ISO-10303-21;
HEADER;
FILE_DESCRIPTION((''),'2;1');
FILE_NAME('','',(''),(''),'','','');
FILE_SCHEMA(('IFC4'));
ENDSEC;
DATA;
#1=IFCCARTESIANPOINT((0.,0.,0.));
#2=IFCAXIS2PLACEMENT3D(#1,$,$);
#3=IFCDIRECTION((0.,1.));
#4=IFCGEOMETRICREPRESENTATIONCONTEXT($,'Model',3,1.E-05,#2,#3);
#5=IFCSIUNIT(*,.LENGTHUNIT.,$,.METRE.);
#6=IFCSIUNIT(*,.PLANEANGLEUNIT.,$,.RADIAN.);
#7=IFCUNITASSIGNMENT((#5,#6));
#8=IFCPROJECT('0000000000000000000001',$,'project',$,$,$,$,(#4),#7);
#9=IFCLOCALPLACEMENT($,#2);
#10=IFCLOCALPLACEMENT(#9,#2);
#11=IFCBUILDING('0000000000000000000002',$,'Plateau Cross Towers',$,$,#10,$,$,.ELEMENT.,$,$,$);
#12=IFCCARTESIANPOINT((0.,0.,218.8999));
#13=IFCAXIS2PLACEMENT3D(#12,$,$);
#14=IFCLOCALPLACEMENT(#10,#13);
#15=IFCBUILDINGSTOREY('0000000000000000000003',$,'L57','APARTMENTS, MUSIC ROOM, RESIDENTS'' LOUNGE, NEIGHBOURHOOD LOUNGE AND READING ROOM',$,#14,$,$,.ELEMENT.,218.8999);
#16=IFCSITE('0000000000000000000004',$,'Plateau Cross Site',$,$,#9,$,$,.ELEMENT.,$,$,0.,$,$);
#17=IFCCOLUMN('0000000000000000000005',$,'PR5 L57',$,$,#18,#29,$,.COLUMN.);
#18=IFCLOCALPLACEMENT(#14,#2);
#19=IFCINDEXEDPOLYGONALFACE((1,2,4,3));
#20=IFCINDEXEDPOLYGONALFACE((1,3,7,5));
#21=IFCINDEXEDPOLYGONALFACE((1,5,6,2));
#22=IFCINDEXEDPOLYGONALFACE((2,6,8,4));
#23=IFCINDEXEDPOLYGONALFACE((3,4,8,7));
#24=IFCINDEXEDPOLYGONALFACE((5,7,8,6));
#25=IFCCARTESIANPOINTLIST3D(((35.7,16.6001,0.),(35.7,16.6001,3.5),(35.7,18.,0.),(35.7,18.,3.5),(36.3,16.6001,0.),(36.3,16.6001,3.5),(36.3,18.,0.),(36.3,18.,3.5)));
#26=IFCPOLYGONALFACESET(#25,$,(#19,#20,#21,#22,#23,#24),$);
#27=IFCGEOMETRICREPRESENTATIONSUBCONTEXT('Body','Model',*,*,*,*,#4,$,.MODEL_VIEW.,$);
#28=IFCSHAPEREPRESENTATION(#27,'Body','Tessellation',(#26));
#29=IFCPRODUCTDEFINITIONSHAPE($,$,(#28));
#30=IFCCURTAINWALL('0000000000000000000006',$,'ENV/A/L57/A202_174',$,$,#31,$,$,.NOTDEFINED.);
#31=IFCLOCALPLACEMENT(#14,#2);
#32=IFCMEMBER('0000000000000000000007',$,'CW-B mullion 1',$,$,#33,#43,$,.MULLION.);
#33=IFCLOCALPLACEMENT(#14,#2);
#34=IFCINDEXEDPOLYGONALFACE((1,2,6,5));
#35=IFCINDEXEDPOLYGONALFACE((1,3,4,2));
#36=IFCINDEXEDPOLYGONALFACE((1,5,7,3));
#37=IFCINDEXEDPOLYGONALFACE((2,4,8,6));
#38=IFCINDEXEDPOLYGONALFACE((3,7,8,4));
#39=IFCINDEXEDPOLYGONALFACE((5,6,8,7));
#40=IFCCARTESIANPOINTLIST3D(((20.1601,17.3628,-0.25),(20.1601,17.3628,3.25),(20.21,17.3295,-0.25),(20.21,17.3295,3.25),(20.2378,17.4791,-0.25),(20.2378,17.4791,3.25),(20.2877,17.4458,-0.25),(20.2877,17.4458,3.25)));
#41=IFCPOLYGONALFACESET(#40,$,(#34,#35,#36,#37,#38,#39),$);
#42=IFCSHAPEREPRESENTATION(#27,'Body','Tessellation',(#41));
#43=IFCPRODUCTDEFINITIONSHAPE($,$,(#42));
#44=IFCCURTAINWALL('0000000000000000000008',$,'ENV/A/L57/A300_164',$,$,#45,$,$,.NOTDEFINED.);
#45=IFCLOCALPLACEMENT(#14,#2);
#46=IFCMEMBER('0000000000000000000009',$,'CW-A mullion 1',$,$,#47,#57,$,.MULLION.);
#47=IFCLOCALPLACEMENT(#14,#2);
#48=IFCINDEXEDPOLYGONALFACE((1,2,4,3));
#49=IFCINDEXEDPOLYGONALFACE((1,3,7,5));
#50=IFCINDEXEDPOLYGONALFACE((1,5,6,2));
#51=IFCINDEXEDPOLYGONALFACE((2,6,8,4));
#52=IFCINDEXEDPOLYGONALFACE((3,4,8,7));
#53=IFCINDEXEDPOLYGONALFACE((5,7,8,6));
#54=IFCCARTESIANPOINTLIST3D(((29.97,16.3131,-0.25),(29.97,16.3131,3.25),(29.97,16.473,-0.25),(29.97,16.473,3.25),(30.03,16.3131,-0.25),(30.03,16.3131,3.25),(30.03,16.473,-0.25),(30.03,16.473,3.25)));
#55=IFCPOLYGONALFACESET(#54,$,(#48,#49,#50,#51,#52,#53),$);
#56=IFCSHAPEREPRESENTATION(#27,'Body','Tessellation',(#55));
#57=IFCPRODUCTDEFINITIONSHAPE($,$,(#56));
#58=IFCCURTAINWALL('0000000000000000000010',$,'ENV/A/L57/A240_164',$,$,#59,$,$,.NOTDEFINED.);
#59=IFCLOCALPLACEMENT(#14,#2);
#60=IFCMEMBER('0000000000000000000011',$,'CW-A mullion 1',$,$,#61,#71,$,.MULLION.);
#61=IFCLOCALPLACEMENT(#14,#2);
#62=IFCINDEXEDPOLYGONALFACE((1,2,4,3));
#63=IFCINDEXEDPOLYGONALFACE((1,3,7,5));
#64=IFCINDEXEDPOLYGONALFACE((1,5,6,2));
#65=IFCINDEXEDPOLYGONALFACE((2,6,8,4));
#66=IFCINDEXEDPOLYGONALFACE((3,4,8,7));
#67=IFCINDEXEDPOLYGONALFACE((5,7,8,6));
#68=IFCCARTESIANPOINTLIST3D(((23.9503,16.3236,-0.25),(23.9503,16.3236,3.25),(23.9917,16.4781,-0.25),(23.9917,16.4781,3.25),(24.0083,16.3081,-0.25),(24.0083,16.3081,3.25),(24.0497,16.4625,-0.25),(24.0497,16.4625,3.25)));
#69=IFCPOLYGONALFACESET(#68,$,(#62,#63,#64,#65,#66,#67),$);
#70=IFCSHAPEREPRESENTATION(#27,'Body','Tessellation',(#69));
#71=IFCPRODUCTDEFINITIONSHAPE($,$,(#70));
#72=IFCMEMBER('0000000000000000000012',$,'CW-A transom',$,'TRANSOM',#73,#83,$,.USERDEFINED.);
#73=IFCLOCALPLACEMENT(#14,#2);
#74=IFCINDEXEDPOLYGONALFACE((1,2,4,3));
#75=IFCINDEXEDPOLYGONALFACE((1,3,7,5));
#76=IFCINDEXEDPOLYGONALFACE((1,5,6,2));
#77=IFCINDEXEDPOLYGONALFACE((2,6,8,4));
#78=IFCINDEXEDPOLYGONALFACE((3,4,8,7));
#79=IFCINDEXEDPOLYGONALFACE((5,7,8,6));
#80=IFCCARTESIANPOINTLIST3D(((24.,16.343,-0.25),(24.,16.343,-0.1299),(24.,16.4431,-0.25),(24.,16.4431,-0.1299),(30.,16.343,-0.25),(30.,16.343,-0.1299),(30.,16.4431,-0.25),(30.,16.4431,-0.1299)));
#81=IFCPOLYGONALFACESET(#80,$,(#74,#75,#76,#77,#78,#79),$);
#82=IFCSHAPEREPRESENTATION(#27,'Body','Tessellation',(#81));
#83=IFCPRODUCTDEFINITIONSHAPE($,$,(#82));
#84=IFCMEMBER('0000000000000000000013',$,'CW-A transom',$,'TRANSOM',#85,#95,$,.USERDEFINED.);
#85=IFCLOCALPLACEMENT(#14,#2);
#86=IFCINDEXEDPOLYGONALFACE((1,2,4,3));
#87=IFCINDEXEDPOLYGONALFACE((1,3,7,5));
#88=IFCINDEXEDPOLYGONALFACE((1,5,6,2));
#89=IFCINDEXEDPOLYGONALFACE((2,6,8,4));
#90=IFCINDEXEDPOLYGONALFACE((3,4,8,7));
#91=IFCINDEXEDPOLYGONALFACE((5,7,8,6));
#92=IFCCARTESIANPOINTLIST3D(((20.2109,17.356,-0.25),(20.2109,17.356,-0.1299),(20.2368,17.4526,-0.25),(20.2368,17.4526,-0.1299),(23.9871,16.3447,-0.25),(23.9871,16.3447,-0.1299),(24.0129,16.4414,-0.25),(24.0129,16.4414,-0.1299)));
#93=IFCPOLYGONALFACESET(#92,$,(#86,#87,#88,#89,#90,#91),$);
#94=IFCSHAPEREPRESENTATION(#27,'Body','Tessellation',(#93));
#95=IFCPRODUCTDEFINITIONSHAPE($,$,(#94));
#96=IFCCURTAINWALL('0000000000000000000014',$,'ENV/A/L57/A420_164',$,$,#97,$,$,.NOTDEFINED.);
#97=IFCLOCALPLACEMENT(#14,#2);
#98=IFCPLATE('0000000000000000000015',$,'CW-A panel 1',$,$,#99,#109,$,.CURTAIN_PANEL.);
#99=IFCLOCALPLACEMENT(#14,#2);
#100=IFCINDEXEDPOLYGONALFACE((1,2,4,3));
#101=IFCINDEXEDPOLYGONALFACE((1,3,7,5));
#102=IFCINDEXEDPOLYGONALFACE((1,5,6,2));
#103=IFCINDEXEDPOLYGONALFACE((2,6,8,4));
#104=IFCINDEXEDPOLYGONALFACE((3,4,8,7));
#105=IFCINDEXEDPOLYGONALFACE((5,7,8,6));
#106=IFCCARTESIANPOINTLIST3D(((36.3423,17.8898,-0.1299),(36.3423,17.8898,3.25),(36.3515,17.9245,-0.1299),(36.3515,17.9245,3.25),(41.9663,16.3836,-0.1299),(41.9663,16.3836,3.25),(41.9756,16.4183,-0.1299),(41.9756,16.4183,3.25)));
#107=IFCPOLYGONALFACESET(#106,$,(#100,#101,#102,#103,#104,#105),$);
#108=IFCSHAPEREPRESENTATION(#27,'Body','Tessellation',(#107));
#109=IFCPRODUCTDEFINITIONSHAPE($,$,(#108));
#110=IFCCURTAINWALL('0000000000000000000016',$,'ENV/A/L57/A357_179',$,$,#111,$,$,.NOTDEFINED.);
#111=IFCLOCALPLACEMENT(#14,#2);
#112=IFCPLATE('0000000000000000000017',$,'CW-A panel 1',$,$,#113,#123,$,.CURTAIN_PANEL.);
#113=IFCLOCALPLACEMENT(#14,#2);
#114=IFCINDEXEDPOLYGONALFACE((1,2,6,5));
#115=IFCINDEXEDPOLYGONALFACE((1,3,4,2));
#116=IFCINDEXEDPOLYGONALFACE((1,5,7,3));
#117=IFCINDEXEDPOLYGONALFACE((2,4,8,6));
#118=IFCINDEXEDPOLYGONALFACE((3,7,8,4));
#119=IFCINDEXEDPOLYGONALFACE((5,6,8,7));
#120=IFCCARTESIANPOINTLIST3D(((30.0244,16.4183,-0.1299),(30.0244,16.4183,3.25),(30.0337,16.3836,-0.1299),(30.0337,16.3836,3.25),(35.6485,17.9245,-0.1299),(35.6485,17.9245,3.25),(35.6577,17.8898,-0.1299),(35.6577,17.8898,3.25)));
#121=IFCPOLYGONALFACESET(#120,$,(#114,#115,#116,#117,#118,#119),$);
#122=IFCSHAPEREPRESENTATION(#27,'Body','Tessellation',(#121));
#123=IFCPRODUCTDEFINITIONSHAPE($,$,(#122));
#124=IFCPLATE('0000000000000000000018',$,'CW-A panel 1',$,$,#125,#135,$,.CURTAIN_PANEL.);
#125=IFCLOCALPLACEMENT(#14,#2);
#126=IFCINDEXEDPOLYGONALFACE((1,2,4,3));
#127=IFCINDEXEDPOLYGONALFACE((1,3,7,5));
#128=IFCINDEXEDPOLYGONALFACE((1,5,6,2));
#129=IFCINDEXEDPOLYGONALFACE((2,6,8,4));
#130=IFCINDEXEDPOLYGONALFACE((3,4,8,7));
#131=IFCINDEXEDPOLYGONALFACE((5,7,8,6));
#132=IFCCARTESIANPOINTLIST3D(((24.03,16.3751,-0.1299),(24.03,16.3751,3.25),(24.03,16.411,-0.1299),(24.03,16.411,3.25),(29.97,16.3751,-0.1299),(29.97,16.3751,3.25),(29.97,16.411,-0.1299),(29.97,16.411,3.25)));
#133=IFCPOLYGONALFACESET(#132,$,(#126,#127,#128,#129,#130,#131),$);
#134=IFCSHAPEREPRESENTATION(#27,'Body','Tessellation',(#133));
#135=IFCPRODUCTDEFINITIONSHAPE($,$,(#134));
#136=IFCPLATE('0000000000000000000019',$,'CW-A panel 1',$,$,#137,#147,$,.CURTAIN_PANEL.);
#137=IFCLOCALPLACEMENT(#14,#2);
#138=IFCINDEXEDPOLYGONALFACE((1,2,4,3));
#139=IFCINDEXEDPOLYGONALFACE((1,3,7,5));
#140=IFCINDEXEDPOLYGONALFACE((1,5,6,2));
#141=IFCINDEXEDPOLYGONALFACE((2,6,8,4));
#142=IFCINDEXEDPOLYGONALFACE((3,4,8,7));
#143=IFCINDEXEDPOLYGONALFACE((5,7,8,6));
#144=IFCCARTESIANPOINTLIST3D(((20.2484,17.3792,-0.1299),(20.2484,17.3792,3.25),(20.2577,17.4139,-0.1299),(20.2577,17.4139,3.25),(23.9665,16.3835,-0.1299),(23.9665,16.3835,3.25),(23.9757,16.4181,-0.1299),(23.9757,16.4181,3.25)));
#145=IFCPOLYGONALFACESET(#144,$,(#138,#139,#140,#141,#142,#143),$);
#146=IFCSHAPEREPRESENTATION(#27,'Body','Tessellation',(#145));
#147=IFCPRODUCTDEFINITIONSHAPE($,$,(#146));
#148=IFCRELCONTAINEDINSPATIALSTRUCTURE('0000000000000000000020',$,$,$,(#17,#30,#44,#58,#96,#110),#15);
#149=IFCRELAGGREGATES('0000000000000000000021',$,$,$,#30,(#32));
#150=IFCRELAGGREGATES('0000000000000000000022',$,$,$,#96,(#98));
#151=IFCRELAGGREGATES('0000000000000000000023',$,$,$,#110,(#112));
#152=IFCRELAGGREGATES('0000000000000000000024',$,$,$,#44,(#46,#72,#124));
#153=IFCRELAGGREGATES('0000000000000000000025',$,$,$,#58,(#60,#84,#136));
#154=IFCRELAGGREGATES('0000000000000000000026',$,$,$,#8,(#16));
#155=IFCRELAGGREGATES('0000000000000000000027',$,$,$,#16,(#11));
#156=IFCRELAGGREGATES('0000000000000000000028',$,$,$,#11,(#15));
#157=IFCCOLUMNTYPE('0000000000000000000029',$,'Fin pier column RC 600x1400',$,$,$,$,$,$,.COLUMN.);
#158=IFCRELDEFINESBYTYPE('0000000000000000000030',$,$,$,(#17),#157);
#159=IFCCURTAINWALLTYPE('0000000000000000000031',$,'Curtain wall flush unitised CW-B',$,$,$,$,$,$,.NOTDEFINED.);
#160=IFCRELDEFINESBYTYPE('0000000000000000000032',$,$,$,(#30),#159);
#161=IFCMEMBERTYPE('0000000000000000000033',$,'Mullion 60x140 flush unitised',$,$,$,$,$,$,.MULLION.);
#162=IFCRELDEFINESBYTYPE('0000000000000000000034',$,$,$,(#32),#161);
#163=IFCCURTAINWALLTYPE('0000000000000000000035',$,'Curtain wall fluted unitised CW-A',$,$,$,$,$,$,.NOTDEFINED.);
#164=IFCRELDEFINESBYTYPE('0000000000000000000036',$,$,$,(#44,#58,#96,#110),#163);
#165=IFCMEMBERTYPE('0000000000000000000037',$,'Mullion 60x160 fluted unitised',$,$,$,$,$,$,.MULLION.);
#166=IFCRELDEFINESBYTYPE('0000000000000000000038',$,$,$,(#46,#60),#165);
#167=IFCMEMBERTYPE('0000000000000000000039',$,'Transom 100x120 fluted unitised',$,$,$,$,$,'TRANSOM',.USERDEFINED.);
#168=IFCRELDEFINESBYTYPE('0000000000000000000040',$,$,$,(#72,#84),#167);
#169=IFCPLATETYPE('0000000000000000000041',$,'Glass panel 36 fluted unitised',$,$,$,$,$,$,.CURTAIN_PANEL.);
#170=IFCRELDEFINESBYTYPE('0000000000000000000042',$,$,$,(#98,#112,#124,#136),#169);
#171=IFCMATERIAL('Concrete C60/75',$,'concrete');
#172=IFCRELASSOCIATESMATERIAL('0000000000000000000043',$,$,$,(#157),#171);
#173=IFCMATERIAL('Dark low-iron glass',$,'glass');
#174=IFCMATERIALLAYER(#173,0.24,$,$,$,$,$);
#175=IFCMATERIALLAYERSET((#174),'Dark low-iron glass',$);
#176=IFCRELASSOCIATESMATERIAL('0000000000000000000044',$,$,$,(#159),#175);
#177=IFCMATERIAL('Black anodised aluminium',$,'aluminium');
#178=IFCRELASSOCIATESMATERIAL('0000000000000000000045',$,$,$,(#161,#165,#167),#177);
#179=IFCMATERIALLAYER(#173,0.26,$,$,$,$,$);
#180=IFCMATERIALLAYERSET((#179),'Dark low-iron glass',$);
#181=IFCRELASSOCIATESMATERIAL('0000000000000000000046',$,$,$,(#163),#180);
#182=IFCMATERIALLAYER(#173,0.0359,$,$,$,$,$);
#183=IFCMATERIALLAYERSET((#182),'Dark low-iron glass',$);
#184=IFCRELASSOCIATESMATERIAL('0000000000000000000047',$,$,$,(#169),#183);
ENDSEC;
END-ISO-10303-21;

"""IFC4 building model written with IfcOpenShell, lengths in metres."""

from ifc_helpers import new_model, si_unit, direction, frame, origin, origin_2d, place, context, subcontext, project, spatial, rectangle, extrude, material, layer, layer_set, material_profile, profile_set, type_object, element, aggregate, save


model = new_model("IFC4")

# Units and contexts
model_context = context("Model", 3, precision=1e-05, world=origin(), true_north=direction((0.0, 1.0)))
body_context = subcontext(model_context, "Body", "Model", "MODEL_VIEW")
ifc_project = project(units=[si_unit("LENGTHUNIT", "METRE"), si_unit("PLANEANGLEUNIT", "RADIAN")], contexts=[model_context])

# Site, building, storey
site_placement = place(None, origin())
site = spatial("IfcSite", under=ifc_project, at=site_placement, Name="Plateau Cross Site", CompositionType="ELEMENT", RefElevation=0.0)
building_placement = place(site_placement, origin())
building = spatial("IfcBuilding", under=site, at=building_placement, Name="Plateau Cross Towers", CompositionType="ELEMENT")
storey_placement = place(building_placement, frame((0.0, 0.0, 218.8999)))
storey = spatial("IfcBuildingStorey", under=building, at=storey_placement, Name="L57", Description="APARTMENTS, MUSIC ROOM, RESIDENTS' LOUNGE, NEIGHBOURHOOD LOUNGE AND READING ROOM", CompositionType="ELEMENT", Elevation=218.8999)

# Column
ifc_material_1 = material(Name="Concrete C60/75", Category="concrete")
ifc_material_profile_1 = material_profile(ifc_material_1, rectangle(XDim=0.6001, YDim=1.3999, at=origin_2d()), Name="RC 600x1400")
ifc_profile_set_1 = profile_set([ifc_material_profile_1], Name="Concrete C60/75")
column_type = type_object("IfcColumnType", Name="Fin pier column RC 600x1400", PredefinedType="COLUMN", material=ifc_profile_set_1)
column_placement = place(storey_placement, frame((36.0, 17.3, 0.0), z_axis=(0.0, 0.0, 1.0), x_axis=(1.0, 0.0, 0.0)))
element("IfcColumn", 1, at=column_placement, inside=storey, type_object=column_type, Name="PR5 L57", PredefinedType="COLUMN", context=body_context, shape_type="SweptSolid", body=[
    extrude(rectangle(XDim=0.6001, YDim=1.3999, at=origin_2d()), origin(), (0.0, 0.0, 1.0), 3.5),
])

# Curtain walls, members
ifc_material_2 = material(Name="Dark low-iron glass", Category="glass")
ifc_layer_1 = layer(ifc_material_2, 0.24)
ifc_layer_set_1 = layer_set([ifc_layer_1], Name="Dark low-iron glass")
curtain_wall_type_1 = type_object("IfcCurtainWallType", Name="Curtain wall flush unitised CW-B", PredefinedType="NOTDEFINED", material=ifc_layer_set_1)
curtain_wall_1_placement = place(storey_placement, origin())
curtain_wall_1 = element("IfcCurtainWall", 2, at=curtain_wall_1_placement, inside=storey, type_object=curtain_wall_type_1, Name="ENV/A/L57/A202_174", PredefinedType="NOTDEFINED")
ifc_material_3 = material(Name="Black anodised aluminium", Category="aluminium")
ifc_material_profile_2 = material_profile(ifc_material_3, rectangle(XDim=0.0601, YDim=0.1399, at=origin_2d()), Name="MULLION 60x140")
ifc_profile_set_2 = profile_set([ifc_material_profile_2], Name="Black anodised aluminium")
member_type_1 = type_object("IfcMemberType", Name="Mullion 60x140 flush unitised", PredefinedType="MULLION", material=ifc_profile_set_2)
member_1_placement = place(storey_placement, frame((20.2239, 17.4043, -0.25), z_axis=(0.0, 0.0, 1.0), x_axis=(-0.831521, 0.555493, 0.0)))
member_1 = element("IfcMember", 3, at=member_1_placement, type_object=member_type_1, Name="CW-B mullion 1", PredefinedType="MULLION", context=body_context, shape_type="SweptSolid", body=[
    extrude(rectangle(XDim=0.0601, YDim=0.1399, at=origin_2d()), origin(), (0.0, 0.0, 1.0), 3.5),
])
aggregate(curtain_wall_1, [member_1])
ifc_layer_2 = layer(ifc_material_2, 0.26)
ifc_layer_set_2 = layer_set([ifc_layer_2], Name="Dark low-iron glass")
curtain_wall_type_2 = type_object("IfcCurtainWallType", Name="Curtain wall fluted unitised CW-A", PredefinedType="NOTDEFINED", material=ifc_layer_set_2)
curtain_wall_2_placement = place(storey_placement, origin())
curtain_wall_2 = element("IfcCurtainWall", 4, at=curtain_wall_2_placement, inside=storey, type_object=curtain_wall_type_2, Name="ENV/A/L57/A300_164", PredefinedType="NOTDEFINED")
ifc_material_profile_3 = material_profile(ifc_material_3, rectangle(XDim=0.0601, YDim=0.1599, at=origin_2d()), Name="MULLION 60x160")
ifc_profile_set_3 = profile_set([ifc_material_profile_3], Name="Black anodised aluminium")
member_type_2 = type_object("IfcMemberType", Name="Mullion 60x160 fluted unitised", PredefinedType="MULLION", material=ifc_profile_set_3)
member_2_placement = place(storey_placement, frame((30.0, 16.3931, -0.25), z_axis=(0.0, 0.0, 1.0), x_axis=(-1.0, 0.0, 0.0)))
member_2 = element("IfcMember", 5, at=member_2_placement, type_object=member_type_2, Name="CW-A mullion 1", PredefinedType="MULLION", context=body_context, shape_type="SweptSolid", body=[
    extrude(rectangle(XDim=0.0601, YDim=0.1599, at=origin_2d()), origin(), (0.0, 0.0, 1.0), 3.5),
])
curtain_wall_3_placement = place(storey_placement, origin())
curtain_wall_3 = element("IfcCurtainWall", 6, at=curtain_wall_3_placement, inside=storey, type_object=curtain_wall_type_2, Name="ENV/A/L57/A240_164", PredefinedType="NOTDEFINED")
member_3_placement = place(storey_placement, frame((24.0, 16.3931, -0.25), z_axis=(0.0, 0.0, 1.0), x_axis=(-0.965958, 0.258699, 0.0)))
member_3 = element("IfcMember", 7, at=member_3_placement, type_object=member_type_2, Name="CW-A mullion 1", PredefinedType="MULLION", context=body_context, shape_type="SweptSolid", body=[
    extrude(rectangle(XDim=0.0601, YDim=0.1599, at=origin_2d()), origin(), (0.0, 0.0, 1.0), 3.5),
])

# Members
ifc_material_profile_4 = material_profile(ifc_material_3, rectangle(XDim=0.1001, YDim=0.1201, at=origin_2d()), Name="TRANSOM 100x120")
ifc_profile_set_4 = profile_set([ifc_material_profile_4], Name="Black anodised aluminium")
member_type_3 = type_object("IfcMemberType", Name="Transom 100x120 fluted unitised", ElementType="TRANSOM", PredefinedType="USERDEFINED", material=ifc_profile_set_4)
member_4_placement = place(storey_placement, frame((30.0, 16.3931, -0.1899), z_axis=(-1.0, 0.0, 0.0), x_axis=(0.0, -1.0, 0.0)))
member_4 = element("IfcMember", 8, at=member_4_placement, type_object=member_type_3, Name="CW-A transom", ObjectType="TRANSOM", PredefinedType="USERDEFINED", context=body_context, shape_type="SweptSolid", body=[
    extrude(rectangle(XDim=0.1001, YDim=0.1201, at=origin_2d()), origin(), (0.0, 0.0, 1.0), 6.0),
])
member_5_placement = place(storey_placement, frame((24.0, 16.3931, -0.1899), z_axis=(-0.965963, 0.258681, 0.0), x_axis=(-0.258681, -0.965963, 0.0)))
member_5 = element("IfcMember", 9, at=member_5_placement, type_object=member_type_3, Name="CW-A transom", ObjectType="TRANSOM", PredefinedType="USERDEFINED", context=body_context, shape_type="SweptSolid", body=[
    extrude(rectangle(XDim=0.1001, YDim=0.1201, at=origin_2d()), origin(), (0.0, 0.0, 1.0), 3.9092),
])

# Curtain walls, plates
curtain_wall_4_placement = place(storey_placement, origin())
curtain_wall_4 = element("IfcCurtainWall", 10, at=curtain_wall_4_placement, inside=storey, type_object=curtain_wall_type_2, Name="ENV/A/L57/A420_164", PredefinedType="NOTDEFINED")
ifc_layer_3 = layer(ifc_material_2, 0.0359)
ifc_layer_set_3 = layer_set([ifc_layer_3], Name="Dark low-iron glass")
plate_type = type_object("IfcPlateType", Name="Glass panel 36 fluted unitised", PredefinedType="CURTAIN_PANEL", material=ifc_layer_set_3)
plate_1_placement = place(storey_placement, frame((39.1589, 17.1541, -0.1299), z_axis=(0.0, 0.0, 1.0), x_axis=(-0.965958, 0.258699, 0.0)))
plate_1 = element("IfcPlate", 11, at=plate_1_placement, type_object=plate_type, Name="CW-A panel 1", PredefinedType="CURTAIN_PANEL", context=body_context, shape_type="SweptSolid", body=[
    extrude(rectangle(XDim=5.8223, YDim=0.0359, at=origin_2d()), origin(), (0.0, 0.0, 1.0), 3.3799),
])
aggregate(curtain_wall_4, [plate_1])
curtain_wall_5_placement = place(storey_placement, origin())
curtain_wall_5 = element("IfcCurtainWall", 12, at=curtain_wall_5_placement, inside=storey, type_object=curtain_wall_type_2, Name="ENV/A/L57/A357_179", PredefinedType="NOTDEFINED")
plate_2_placement = place(storey_placement, frame((32.8411, 17.1541, -0.1299), z_axis=(0.0, 0.0, 1.0), x_axis=(-0.965958, -0.258699, 0.0)))
plate_2 = element("IfcPlate", 13, at=plate_2_placement, type_object=plate_type, Name="CW-A panel 1", PredefinedType="CURTAIN_PANEL", context=body_context, shape_type="SweptSolid", body=[
    extrude(rectangle(XDim=5.8223, YDim=0.0359, at=origin_2d()), origin(), (0.0, 0.0, 1.0), 3.3799),
])
aggregate(curtain_wall_5, [plate_2])

# Plates
plate_3_placement = place(storey_placement, frame((27.0, 16.3931, -0.1299), z_axis=(0.0, 0.0, 1.0), x_axis=(-1.0, 0.0, 0.0)))
plate_3 = element("IfcPlate", 14, at=plate_3_placement, type_object=plate_type, Name="CW-A panel 1", PredefinedType="CURTAIN_PANEL", context=body_context, shape_type="SweptSolid", body=[
    extrude(rectangle(XDim=5.9399, YDim=0.0359, at=origin_2d()), origin(), (0.0, 0.0, 1.0), 3.3799),
])
aggregate(curtain_wall_2, [member_2, member_4, plate_3])
plate_4_placement = place(storey_placement, frame((22.1121, 16.8987, -0.1299), z_axis=(0.0, 0.0, 1.0), x_axis=(-0.965958, 0.258699, 0.0)))
plate_4 = element("IfcPlate", 15, at=plate_4_placement, type_object=plate_type, Name="CW-A panel 1", PredefinedType="CURTAIN_PANEL", context=body_context, shape_type="SweptSolid", body=[
    extrude(rectangle(XDim=3.8491, YDim=0.0359, at=origin_2d()), origin(), (0.0, 0.0, 1.0), 3.3799),
])
aggregate(curtain_wall_3, [member_3, member_5, plate_4])

save(model, "model.ifc")
